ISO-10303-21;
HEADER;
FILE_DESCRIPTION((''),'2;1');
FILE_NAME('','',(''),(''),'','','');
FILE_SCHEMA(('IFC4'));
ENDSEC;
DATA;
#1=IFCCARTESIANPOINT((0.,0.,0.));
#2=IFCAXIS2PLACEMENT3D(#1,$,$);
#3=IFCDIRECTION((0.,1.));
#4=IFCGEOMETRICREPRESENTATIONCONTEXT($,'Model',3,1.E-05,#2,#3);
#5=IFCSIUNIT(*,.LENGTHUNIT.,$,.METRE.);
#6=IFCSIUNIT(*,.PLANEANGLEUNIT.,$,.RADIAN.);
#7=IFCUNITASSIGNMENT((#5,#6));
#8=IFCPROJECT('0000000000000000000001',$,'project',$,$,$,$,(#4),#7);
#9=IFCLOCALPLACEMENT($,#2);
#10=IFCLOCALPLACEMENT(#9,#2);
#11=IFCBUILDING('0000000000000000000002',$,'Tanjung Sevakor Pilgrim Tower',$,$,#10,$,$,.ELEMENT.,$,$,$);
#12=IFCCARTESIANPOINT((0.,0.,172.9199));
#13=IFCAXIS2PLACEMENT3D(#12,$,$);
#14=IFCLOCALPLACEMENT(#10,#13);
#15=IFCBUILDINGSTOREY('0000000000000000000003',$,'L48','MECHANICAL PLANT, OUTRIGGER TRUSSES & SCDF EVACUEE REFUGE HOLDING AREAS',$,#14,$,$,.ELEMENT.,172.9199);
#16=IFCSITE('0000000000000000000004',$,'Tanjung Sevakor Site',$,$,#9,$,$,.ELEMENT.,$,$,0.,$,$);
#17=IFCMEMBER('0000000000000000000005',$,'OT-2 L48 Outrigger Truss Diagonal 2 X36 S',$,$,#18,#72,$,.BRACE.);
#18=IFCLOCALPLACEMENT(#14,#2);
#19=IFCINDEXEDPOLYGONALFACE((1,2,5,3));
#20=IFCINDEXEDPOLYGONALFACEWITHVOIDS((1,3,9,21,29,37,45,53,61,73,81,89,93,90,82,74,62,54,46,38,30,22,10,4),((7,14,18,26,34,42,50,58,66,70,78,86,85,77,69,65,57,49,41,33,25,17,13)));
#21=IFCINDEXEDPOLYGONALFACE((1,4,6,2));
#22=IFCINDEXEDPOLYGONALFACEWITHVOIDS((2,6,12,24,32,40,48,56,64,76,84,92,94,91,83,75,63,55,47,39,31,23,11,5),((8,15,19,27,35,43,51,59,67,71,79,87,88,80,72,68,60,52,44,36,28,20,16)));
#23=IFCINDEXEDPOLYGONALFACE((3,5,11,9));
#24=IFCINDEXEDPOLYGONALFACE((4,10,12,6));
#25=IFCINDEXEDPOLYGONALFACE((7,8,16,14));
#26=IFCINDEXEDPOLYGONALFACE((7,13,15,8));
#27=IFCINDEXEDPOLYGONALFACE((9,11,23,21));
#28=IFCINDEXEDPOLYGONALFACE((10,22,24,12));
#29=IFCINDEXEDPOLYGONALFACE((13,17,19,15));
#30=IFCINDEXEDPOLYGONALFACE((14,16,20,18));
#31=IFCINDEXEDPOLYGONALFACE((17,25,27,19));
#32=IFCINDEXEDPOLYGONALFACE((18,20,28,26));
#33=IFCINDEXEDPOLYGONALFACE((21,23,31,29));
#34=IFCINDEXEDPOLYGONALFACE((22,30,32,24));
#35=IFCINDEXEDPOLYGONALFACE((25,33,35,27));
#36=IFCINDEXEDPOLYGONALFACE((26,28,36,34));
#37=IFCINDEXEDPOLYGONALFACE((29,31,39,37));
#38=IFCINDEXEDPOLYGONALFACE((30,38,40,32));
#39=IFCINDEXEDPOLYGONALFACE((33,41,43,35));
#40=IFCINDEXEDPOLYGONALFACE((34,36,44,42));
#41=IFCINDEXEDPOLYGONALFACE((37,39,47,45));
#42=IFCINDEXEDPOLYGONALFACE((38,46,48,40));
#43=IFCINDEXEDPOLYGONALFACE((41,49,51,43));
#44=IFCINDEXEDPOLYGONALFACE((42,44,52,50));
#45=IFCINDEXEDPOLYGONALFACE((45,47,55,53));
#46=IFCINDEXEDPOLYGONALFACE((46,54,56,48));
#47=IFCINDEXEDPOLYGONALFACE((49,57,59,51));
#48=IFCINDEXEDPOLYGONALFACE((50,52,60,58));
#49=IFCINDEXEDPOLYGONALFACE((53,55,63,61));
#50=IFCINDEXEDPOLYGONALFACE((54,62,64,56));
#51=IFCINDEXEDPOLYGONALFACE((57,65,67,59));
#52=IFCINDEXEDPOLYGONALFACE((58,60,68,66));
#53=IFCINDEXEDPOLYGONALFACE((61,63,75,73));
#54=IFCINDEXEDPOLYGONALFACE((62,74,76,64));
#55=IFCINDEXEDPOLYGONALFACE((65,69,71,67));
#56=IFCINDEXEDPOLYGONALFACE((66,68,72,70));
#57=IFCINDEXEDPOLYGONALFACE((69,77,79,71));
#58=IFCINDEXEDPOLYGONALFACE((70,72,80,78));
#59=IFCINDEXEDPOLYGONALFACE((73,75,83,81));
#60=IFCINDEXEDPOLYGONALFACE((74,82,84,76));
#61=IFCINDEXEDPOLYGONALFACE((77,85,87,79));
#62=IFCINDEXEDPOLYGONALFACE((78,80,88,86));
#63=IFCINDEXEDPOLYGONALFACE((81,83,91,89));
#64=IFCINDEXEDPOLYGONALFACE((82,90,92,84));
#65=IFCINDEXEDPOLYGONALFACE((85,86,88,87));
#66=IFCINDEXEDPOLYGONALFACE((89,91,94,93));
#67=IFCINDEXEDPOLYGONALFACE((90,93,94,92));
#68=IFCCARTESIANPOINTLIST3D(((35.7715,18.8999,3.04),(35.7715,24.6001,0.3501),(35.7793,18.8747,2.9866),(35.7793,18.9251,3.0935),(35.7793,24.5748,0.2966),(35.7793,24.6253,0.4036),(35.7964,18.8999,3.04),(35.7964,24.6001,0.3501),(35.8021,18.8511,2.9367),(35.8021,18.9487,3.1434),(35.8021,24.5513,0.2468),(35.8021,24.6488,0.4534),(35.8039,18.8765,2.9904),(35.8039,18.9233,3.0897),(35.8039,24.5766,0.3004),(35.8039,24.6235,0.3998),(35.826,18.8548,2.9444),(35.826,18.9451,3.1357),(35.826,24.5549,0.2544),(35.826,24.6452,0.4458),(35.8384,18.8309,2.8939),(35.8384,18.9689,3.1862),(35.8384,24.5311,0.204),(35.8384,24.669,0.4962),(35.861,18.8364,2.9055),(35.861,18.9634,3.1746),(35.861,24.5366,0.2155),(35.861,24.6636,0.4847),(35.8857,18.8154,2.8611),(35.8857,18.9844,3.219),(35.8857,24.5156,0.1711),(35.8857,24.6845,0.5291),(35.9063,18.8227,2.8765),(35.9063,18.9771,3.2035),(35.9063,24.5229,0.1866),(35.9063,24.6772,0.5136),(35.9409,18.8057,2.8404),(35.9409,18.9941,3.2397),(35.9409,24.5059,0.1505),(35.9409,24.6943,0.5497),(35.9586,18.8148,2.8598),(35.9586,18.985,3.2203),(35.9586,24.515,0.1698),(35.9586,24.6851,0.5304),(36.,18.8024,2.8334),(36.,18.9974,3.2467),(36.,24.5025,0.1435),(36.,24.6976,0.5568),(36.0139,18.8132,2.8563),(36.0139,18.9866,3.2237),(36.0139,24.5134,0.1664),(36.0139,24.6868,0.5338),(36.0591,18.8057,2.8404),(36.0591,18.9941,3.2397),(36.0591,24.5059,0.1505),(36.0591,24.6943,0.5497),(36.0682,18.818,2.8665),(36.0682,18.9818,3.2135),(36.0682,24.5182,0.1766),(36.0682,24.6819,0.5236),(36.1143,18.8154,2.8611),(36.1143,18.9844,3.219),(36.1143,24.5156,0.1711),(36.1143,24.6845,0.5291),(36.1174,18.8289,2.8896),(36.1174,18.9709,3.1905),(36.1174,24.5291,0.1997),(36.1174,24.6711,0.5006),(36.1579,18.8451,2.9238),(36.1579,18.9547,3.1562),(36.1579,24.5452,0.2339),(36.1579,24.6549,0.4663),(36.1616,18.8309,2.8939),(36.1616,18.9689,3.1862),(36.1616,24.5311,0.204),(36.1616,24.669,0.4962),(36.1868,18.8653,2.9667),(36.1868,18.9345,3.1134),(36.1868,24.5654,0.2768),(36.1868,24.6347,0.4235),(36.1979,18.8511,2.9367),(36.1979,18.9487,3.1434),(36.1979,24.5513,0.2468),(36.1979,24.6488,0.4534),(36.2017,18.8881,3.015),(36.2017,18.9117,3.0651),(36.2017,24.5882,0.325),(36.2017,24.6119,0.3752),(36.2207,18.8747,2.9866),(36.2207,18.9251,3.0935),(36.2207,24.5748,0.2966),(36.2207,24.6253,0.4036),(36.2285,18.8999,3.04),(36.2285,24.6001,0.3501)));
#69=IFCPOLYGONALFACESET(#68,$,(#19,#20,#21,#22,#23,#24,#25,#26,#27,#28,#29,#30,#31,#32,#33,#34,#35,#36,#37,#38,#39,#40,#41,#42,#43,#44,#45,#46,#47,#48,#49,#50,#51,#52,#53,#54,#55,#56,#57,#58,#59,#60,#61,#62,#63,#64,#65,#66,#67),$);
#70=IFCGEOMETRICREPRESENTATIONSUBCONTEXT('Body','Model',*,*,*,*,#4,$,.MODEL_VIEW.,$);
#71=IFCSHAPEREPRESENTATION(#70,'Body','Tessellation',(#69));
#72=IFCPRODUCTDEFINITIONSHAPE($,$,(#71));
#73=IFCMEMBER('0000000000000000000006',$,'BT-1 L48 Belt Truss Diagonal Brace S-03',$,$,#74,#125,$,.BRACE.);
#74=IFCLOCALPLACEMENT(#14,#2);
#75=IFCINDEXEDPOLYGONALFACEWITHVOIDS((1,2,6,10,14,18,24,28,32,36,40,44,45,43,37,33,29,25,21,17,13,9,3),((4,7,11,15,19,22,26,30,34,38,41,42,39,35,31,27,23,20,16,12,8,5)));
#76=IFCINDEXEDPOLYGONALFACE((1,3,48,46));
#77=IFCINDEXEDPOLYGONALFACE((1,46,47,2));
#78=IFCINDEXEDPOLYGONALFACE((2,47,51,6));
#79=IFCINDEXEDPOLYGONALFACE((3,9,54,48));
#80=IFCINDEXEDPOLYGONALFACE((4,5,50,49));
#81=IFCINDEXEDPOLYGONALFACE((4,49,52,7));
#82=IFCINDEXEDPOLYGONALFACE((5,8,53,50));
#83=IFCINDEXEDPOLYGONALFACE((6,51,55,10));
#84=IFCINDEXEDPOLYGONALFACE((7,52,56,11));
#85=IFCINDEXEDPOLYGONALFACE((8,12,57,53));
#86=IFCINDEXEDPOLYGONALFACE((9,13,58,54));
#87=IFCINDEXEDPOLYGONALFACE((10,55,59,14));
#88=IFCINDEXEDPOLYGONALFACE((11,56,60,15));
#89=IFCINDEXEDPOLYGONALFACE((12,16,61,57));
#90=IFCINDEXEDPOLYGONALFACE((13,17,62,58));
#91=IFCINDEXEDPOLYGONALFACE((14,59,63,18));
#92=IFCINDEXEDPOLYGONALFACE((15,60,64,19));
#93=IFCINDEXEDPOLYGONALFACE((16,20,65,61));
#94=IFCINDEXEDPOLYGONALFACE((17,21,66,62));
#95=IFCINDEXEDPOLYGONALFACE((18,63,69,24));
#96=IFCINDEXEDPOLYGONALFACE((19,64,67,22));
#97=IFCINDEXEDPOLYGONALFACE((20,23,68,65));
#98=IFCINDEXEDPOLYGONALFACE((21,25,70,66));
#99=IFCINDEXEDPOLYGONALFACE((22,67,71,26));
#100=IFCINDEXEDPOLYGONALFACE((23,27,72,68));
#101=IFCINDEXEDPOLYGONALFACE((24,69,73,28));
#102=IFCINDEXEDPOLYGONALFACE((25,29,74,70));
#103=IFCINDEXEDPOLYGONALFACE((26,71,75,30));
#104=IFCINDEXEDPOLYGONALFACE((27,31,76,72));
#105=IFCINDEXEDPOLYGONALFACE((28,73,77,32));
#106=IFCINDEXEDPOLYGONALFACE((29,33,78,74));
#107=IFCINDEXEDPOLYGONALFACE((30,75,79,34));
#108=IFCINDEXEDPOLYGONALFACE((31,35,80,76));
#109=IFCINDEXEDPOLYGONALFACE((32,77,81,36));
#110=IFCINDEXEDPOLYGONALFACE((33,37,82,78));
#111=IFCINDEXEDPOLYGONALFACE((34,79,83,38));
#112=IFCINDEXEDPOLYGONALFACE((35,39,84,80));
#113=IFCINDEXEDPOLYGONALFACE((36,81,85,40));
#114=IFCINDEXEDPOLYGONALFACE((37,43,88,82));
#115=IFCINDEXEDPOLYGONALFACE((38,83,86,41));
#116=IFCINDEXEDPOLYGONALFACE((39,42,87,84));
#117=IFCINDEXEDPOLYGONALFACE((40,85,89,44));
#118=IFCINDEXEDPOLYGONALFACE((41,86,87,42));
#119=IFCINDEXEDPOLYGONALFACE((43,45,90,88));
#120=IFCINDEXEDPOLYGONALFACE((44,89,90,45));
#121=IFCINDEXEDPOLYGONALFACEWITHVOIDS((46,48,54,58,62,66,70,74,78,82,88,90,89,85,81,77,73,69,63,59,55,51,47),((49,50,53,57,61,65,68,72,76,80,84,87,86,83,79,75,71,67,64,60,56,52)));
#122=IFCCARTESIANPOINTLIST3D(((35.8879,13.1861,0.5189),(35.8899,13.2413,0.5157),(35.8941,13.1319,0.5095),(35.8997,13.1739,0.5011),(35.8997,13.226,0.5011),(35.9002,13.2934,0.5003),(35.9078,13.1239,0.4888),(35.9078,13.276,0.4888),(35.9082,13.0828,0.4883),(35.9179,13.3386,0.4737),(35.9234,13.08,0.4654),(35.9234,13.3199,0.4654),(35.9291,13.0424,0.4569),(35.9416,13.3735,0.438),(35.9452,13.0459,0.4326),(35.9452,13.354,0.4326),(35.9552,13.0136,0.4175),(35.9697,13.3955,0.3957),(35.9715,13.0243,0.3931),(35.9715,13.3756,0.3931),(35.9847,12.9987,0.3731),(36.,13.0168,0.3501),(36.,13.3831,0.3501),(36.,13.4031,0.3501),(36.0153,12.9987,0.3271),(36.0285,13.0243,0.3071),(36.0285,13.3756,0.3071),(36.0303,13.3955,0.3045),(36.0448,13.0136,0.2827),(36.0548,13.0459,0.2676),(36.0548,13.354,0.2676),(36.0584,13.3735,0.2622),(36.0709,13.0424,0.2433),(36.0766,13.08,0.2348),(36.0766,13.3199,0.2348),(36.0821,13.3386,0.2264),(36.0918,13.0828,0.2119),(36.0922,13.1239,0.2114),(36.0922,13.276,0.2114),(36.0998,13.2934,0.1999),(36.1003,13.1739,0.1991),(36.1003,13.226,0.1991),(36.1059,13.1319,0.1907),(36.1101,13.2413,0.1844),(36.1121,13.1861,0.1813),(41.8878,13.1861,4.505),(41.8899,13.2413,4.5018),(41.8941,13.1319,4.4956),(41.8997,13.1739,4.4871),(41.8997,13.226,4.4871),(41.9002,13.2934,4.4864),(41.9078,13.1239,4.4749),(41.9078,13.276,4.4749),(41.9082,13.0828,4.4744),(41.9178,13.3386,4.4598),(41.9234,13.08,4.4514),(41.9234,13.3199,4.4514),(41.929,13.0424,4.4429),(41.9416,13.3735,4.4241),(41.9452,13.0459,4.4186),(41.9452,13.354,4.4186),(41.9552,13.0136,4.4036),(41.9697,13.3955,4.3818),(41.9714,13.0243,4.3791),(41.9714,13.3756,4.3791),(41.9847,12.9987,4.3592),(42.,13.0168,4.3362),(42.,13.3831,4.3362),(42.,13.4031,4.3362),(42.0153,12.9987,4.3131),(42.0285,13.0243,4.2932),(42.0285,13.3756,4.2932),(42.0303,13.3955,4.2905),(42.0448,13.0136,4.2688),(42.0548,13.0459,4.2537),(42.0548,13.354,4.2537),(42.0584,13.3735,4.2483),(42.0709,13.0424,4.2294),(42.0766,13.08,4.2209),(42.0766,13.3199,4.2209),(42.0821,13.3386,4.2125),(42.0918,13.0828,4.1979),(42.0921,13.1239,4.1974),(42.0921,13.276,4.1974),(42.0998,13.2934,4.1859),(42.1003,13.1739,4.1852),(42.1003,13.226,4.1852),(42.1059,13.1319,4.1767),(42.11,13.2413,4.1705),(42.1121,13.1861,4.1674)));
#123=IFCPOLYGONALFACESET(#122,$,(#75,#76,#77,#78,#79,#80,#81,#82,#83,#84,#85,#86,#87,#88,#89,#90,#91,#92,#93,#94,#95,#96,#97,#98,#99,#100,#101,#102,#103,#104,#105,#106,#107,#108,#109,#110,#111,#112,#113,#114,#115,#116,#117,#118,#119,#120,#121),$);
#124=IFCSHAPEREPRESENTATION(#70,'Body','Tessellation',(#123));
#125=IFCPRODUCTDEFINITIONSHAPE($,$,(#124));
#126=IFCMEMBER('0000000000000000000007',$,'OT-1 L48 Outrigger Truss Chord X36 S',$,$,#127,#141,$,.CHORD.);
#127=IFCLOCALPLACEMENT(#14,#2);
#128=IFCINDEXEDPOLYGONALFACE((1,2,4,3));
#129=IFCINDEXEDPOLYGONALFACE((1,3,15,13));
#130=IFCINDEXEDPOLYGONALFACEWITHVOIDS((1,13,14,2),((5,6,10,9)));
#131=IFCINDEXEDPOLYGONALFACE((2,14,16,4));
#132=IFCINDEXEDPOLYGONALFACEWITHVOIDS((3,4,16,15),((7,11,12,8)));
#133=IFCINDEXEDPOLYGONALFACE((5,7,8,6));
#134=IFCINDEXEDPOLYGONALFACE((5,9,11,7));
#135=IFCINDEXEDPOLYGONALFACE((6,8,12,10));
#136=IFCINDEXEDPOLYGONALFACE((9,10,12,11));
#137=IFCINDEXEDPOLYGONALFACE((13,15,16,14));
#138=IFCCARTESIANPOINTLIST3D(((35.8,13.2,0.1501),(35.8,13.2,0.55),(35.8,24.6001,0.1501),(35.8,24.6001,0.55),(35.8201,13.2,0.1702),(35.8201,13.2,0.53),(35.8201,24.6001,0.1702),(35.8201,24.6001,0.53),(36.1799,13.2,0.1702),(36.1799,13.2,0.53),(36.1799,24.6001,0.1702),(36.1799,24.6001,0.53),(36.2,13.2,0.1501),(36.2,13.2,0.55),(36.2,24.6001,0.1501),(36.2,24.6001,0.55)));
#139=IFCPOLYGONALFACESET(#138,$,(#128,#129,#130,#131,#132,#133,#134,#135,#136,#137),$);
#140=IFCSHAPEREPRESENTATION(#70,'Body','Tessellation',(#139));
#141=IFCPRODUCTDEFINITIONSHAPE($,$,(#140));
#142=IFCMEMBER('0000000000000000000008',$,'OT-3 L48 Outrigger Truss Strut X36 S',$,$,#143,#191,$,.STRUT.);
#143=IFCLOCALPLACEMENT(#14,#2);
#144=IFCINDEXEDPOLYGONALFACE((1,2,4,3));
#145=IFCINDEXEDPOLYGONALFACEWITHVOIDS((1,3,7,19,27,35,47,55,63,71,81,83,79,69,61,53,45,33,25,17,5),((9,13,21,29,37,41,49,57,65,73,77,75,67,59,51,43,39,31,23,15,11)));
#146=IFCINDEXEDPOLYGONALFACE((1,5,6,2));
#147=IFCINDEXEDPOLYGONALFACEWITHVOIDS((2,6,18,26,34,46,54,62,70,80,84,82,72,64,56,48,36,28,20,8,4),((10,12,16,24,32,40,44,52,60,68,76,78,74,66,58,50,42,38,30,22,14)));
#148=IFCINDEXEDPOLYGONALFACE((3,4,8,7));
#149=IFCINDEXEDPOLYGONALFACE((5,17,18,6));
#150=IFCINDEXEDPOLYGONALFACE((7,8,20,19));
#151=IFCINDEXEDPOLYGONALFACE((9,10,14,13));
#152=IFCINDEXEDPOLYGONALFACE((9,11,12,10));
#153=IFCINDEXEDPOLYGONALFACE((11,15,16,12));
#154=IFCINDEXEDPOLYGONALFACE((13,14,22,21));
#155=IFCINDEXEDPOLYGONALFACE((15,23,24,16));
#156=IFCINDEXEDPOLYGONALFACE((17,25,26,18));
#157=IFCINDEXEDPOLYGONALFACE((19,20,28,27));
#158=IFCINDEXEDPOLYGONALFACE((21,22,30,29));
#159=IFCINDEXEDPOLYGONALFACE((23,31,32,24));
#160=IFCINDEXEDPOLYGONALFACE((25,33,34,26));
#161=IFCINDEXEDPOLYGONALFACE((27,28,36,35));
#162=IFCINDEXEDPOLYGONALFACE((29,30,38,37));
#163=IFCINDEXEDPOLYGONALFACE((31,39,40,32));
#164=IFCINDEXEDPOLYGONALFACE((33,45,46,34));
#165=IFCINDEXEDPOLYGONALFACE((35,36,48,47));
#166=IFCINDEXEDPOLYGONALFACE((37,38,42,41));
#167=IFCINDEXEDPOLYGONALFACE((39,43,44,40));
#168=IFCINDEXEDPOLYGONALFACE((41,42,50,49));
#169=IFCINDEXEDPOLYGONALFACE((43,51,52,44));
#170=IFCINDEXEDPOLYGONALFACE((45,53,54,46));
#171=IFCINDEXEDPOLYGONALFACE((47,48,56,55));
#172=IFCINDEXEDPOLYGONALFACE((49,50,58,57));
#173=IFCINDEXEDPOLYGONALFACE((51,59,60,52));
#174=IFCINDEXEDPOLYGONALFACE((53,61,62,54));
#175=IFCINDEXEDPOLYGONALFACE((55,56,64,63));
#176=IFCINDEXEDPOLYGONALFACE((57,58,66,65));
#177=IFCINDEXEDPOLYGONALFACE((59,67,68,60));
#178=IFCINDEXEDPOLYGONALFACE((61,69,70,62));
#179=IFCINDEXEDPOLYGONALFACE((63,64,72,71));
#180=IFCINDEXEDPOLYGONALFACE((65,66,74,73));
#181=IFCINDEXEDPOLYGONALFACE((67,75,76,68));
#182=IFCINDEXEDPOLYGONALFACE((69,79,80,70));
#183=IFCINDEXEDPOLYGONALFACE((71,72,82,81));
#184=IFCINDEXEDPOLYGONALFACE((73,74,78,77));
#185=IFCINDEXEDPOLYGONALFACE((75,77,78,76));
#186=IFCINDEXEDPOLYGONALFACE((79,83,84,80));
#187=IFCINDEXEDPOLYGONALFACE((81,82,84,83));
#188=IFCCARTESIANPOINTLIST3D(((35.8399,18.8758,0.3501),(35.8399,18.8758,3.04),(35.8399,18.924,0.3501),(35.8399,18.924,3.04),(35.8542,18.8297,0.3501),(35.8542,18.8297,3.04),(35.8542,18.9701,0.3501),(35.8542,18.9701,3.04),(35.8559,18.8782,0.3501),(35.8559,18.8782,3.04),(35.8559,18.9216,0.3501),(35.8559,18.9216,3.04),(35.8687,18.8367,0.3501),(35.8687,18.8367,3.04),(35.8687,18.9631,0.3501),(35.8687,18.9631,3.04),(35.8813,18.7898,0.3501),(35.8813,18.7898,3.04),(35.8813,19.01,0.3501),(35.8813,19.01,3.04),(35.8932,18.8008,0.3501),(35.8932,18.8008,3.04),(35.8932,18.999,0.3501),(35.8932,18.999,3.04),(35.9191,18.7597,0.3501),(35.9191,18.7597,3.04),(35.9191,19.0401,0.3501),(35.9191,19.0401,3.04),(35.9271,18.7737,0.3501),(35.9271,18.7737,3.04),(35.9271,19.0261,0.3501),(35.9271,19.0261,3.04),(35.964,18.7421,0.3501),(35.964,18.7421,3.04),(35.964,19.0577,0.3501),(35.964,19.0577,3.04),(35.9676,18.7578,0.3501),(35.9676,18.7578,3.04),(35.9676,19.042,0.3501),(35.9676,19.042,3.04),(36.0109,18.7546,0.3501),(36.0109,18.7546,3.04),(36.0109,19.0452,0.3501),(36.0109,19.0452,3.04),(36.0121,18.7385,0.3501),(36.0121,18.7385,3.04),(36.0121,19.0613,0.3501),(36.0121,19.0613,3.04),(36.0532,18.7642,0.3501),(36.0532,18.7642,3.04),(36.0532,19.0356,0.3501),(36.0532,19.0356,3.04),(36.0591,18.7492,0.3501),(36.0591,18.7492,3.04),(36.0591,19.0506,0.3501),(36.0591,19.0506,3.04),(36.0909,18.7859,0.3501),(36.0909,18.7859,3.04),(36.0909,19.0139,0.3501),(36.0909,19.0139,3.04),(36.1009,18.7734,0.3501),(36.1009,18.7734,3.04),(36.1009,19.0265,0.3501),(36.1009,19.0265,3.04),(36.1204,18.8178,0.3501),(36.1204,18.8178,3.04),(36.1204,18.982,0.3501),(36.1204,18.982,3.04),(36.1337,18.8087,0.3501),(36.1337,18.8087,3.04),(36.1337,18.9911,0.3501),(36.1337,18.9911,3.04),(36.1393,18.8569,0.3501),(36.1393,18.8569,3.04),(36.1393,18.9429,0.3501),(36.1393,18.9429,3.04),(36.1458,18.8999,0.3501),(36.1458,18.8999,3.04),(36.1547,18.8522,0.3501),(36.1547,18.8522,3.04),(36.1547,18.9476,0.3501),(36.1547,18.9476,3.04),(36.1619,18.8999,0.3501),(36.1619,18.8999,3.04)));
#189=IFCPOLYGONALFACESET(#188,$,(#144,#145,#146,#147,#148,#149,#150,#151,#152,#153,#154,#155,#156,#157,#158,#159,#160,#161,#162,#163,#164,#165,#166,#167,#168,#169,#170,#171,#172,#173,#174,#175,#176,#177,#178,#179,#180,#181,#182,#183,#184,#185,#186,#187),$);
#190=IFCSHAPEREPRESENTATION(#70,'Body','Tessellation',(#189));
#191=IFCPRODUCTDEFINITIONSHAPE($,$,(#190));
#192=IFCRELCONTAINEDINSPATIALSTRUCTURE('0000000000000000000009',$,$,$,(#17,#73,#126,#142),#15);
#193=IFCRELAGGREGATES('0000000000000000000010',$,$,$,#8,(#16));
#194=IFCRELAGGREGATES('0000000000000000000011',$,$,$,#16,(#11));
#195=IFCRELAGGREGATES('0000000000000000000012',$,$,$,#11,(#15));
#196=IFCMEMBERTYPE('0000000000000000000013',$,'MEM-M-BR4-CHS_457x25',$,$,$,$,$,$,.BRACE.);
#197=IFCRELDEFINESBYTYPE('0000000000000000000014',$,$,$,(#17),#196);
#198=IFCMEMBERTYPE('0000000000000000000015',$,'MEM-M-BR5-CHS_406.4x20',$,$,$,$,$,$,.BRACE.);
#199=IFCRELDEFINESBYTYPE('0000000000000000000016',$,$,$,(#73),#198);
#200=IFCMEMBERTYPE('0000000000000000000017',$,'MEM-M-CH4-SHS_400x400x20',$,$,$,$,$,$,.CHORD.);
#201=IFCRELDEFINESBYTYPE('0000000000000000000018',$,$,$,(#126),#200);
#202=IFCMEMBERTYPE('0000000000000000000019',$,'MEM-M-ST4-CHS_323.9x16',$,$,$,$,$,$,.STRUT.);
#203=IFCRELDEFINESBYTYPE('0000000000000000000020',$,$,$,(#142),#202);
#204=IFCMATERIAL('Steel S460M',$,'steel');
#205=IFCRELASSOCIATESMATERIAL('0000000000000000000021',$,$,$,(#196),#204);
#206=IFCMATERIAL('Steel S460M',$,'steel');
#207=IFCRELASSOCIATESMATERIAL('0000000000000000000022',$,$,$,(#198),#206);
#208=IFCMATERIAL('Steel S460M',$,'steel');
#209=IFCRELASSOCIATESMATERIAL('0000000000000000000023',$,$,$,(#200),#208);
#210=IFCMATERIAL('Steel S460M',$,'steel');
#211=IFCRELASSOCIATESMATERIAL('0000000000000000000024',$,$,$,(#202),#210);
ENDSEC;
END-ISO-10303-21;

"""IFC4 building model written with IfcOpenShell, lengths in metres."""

from ifc_helpers import new_model, si_unit, direction, frame, origin, origin_2d, place, context, subcontext, project, spatial, hollow_rectangle, hollow_circle, extrude, material, material_profile, profile_set, type_object, element, save


model = new_model("IFC4")

# Units and contexts
model_context = context("Model", 3, precision=1e-05, world=origin(), true_north=direction((0.0, 1.0)))
body_context = subcontext(model_context, "Body", "Model", "MODEL_VIEW")
ifc_project = project(units=[si_unit("LENGTHUNIT", "METRE"), si_unit("PLANEANGLEUNIT", "RADIAN")], contexts=[model_context])

# Site, building, storey
site_placement = place(None, origin())
site = spatial("IfcSite", under=ifc_project, at=site_placement, Name="Tanjung Sevakor Site", CompositionType="ELEMENT", RefElevation=0.0)
building_placement = place(site_placement, origin())
building = spatial("IfcBuilding", under=site, at=building_placement, Name="Tanjung Sevakor Pilgrim Tower", CompositionType="ELEMENT")
storey_placement = place(building_placement, frame((0.0, 0.0, 172.9199)))
storey = spatial("IfcBuildingStorey", under=building, at=storey_placement, Name="L48", Description="MECHANICAL PLANT, OUTRIGGER TRUSSES & SCDF EVACUEE REFUGE HOLDING AREAS", CompositionType="ELEMENT", Elevation=172.9199)

# Members
ifc_material_1 = material(Name="Steel S460M", Category="steel")
ifc_material_profile_1 = material_profile(ifc_material_1, hollow_circle(Radius=0.2285, WallThickness=0.0249, at=origin_2d()))
ifc_profile_set_1 = profile_set([ifc_material_profile_1], Name="Steel S460M")
member_type_1 = type_object("IfcMemberType", Name="MEM-M-BR4-CHS_457x25", PredefinedType="BRACE", material=ifc_profile_set_1)
member_1_placement = place(storey_placement, frame((36.0, 18.8999, 3.04), z_axis=(0.0, 0.90436, -0.426771), x_axis=(-1.0, 0.0, 0.0)))
element("IfcMember", 1, at=member_1_placement, inside=storey, type_object=member_type_1, Name="OT-2 L48 Outrigger Truss Diagonal 2 X36 S", PredefinedType="BRACE", context=body_context, shape_type="SweptSolid", body=[
    extrude(hollow_circle(Radius=0.2285, WallThickness=0.0249, at=origin_2d()), origin(), (0.0, 0.0, 1.0), 6.303),
])
ifc_material_2 = material(Name="Steel S460M", Category="steel")
ifc_material_profile_2 = material_profile(ifc_material_2, hollow_circle(Radius=0.2031, WallThickness=0.02, at=origin_2d()))
ifc_profile_set_2 = profile_set([ifc_material_profile_2], Name="Steel S460M")
member_type_2 = type_object("IfcMemberType", Name="MEM-M-BR5-CHS_406.4x20", PredefinedType="BRACE", material=ifc_profile_set_2)
member_2_placement = place(storey_placement, frame((36.0, 13.2, 0.3501), z_axis=(0.832941, 0.0, 0.553362), x_axis=(0.0, 1.0, 0.0)))
element("IfcMember", 2, at=member_2_placement, inside=storey, type_object=member_type_2, Name="BT-1 L48 Belt Truss Diagonal Brace S-03", PredefinedType="BRACE", context=body_context, shape_type="SweptSolid", body=[
    extrude(hollow_circle(Radius=0.2031, WallThickness=0.02, at=origin_2d()), origin(), (0.0, 0.0, 1.0), 7.2034),
])
ifc_material_3 = material(Name="Steel S460M", Category="steel")
ifc_material_profile_3 = material_profile(ifc_material_3, hollow_rectangle(XDim=0.3999, YDim=0.3999, WallThickness=0.02, at=origin_2d()))
ifc_profile_set_3 = profile_set([ifc_material_profile_3], Name="Steel S460M")
member_type_3 = type_object("IfcMemberType", Name="MEM-M-CH4-SHS_400x400x20", PredefinedType="CHORD", material=ifc_profile_set_3)
member_3_placement = place(storey_placement, frame((36.0, 13.2, 0.3501), z_axis=(0.0, 1.0, 0.0), x_axis=(-1.0, 0.0, 0.0)))
element("IfcMember", 3, at=member_3_placement, inside=storey, type_object=member_type_3, Name="OT-1 L48 Outrigger Truss Chord X36 S", PredefinedType="CHORD", context=body_context, shape_type="SweptSolid", body=[
    extrude(hollow_rectangle(XDim=0.3999, YDim=0.3999, WallThickness=0.02, at=origin_2d()), origin(), (0.0, 0.0, 1.0), 11.4001),
])
ifc_material_4 = material(Name="Steel S460M", Category="steel")
ifc_material_profile_4 = material_profile(ifc_material_4, hollow_circle(Radius=0.1619, WallThickness=0.0161, at=origin_2d()))
ifc_profile_set_4 = profile_set([ifc_material_profile_4], Name="Steel S460M")
member_type_4 = type_object("IfcMemberType", Name="MEM-M-ST4-CHS_323.9x16", PredefinedType="STRUT", material=ifc_profile_set_4)
member_4_placement = place(storey_placement, frame((36.0, 18.8999, 0.3501), z_axis=(0.0, 0.0, 1.0), x_axis=(1.0, 0.0, 0.0)))
element("IfcMember", 4, at=member_4_placement, inside=storey, type_object=member_type_4, Name="OT-3 L48 Outrigger Truss Strut X36 S", PredefinedType="STRUT", context=body_context, shape_type="SweptSolid", body=[
    extrude(hollow_circle(Radius=0.1619, WallThickness=0.0161, at=origin_2d()), origin(), (0.0, 0.0, 1.0), 2.6899),
])

save(model, "model.ifc")
